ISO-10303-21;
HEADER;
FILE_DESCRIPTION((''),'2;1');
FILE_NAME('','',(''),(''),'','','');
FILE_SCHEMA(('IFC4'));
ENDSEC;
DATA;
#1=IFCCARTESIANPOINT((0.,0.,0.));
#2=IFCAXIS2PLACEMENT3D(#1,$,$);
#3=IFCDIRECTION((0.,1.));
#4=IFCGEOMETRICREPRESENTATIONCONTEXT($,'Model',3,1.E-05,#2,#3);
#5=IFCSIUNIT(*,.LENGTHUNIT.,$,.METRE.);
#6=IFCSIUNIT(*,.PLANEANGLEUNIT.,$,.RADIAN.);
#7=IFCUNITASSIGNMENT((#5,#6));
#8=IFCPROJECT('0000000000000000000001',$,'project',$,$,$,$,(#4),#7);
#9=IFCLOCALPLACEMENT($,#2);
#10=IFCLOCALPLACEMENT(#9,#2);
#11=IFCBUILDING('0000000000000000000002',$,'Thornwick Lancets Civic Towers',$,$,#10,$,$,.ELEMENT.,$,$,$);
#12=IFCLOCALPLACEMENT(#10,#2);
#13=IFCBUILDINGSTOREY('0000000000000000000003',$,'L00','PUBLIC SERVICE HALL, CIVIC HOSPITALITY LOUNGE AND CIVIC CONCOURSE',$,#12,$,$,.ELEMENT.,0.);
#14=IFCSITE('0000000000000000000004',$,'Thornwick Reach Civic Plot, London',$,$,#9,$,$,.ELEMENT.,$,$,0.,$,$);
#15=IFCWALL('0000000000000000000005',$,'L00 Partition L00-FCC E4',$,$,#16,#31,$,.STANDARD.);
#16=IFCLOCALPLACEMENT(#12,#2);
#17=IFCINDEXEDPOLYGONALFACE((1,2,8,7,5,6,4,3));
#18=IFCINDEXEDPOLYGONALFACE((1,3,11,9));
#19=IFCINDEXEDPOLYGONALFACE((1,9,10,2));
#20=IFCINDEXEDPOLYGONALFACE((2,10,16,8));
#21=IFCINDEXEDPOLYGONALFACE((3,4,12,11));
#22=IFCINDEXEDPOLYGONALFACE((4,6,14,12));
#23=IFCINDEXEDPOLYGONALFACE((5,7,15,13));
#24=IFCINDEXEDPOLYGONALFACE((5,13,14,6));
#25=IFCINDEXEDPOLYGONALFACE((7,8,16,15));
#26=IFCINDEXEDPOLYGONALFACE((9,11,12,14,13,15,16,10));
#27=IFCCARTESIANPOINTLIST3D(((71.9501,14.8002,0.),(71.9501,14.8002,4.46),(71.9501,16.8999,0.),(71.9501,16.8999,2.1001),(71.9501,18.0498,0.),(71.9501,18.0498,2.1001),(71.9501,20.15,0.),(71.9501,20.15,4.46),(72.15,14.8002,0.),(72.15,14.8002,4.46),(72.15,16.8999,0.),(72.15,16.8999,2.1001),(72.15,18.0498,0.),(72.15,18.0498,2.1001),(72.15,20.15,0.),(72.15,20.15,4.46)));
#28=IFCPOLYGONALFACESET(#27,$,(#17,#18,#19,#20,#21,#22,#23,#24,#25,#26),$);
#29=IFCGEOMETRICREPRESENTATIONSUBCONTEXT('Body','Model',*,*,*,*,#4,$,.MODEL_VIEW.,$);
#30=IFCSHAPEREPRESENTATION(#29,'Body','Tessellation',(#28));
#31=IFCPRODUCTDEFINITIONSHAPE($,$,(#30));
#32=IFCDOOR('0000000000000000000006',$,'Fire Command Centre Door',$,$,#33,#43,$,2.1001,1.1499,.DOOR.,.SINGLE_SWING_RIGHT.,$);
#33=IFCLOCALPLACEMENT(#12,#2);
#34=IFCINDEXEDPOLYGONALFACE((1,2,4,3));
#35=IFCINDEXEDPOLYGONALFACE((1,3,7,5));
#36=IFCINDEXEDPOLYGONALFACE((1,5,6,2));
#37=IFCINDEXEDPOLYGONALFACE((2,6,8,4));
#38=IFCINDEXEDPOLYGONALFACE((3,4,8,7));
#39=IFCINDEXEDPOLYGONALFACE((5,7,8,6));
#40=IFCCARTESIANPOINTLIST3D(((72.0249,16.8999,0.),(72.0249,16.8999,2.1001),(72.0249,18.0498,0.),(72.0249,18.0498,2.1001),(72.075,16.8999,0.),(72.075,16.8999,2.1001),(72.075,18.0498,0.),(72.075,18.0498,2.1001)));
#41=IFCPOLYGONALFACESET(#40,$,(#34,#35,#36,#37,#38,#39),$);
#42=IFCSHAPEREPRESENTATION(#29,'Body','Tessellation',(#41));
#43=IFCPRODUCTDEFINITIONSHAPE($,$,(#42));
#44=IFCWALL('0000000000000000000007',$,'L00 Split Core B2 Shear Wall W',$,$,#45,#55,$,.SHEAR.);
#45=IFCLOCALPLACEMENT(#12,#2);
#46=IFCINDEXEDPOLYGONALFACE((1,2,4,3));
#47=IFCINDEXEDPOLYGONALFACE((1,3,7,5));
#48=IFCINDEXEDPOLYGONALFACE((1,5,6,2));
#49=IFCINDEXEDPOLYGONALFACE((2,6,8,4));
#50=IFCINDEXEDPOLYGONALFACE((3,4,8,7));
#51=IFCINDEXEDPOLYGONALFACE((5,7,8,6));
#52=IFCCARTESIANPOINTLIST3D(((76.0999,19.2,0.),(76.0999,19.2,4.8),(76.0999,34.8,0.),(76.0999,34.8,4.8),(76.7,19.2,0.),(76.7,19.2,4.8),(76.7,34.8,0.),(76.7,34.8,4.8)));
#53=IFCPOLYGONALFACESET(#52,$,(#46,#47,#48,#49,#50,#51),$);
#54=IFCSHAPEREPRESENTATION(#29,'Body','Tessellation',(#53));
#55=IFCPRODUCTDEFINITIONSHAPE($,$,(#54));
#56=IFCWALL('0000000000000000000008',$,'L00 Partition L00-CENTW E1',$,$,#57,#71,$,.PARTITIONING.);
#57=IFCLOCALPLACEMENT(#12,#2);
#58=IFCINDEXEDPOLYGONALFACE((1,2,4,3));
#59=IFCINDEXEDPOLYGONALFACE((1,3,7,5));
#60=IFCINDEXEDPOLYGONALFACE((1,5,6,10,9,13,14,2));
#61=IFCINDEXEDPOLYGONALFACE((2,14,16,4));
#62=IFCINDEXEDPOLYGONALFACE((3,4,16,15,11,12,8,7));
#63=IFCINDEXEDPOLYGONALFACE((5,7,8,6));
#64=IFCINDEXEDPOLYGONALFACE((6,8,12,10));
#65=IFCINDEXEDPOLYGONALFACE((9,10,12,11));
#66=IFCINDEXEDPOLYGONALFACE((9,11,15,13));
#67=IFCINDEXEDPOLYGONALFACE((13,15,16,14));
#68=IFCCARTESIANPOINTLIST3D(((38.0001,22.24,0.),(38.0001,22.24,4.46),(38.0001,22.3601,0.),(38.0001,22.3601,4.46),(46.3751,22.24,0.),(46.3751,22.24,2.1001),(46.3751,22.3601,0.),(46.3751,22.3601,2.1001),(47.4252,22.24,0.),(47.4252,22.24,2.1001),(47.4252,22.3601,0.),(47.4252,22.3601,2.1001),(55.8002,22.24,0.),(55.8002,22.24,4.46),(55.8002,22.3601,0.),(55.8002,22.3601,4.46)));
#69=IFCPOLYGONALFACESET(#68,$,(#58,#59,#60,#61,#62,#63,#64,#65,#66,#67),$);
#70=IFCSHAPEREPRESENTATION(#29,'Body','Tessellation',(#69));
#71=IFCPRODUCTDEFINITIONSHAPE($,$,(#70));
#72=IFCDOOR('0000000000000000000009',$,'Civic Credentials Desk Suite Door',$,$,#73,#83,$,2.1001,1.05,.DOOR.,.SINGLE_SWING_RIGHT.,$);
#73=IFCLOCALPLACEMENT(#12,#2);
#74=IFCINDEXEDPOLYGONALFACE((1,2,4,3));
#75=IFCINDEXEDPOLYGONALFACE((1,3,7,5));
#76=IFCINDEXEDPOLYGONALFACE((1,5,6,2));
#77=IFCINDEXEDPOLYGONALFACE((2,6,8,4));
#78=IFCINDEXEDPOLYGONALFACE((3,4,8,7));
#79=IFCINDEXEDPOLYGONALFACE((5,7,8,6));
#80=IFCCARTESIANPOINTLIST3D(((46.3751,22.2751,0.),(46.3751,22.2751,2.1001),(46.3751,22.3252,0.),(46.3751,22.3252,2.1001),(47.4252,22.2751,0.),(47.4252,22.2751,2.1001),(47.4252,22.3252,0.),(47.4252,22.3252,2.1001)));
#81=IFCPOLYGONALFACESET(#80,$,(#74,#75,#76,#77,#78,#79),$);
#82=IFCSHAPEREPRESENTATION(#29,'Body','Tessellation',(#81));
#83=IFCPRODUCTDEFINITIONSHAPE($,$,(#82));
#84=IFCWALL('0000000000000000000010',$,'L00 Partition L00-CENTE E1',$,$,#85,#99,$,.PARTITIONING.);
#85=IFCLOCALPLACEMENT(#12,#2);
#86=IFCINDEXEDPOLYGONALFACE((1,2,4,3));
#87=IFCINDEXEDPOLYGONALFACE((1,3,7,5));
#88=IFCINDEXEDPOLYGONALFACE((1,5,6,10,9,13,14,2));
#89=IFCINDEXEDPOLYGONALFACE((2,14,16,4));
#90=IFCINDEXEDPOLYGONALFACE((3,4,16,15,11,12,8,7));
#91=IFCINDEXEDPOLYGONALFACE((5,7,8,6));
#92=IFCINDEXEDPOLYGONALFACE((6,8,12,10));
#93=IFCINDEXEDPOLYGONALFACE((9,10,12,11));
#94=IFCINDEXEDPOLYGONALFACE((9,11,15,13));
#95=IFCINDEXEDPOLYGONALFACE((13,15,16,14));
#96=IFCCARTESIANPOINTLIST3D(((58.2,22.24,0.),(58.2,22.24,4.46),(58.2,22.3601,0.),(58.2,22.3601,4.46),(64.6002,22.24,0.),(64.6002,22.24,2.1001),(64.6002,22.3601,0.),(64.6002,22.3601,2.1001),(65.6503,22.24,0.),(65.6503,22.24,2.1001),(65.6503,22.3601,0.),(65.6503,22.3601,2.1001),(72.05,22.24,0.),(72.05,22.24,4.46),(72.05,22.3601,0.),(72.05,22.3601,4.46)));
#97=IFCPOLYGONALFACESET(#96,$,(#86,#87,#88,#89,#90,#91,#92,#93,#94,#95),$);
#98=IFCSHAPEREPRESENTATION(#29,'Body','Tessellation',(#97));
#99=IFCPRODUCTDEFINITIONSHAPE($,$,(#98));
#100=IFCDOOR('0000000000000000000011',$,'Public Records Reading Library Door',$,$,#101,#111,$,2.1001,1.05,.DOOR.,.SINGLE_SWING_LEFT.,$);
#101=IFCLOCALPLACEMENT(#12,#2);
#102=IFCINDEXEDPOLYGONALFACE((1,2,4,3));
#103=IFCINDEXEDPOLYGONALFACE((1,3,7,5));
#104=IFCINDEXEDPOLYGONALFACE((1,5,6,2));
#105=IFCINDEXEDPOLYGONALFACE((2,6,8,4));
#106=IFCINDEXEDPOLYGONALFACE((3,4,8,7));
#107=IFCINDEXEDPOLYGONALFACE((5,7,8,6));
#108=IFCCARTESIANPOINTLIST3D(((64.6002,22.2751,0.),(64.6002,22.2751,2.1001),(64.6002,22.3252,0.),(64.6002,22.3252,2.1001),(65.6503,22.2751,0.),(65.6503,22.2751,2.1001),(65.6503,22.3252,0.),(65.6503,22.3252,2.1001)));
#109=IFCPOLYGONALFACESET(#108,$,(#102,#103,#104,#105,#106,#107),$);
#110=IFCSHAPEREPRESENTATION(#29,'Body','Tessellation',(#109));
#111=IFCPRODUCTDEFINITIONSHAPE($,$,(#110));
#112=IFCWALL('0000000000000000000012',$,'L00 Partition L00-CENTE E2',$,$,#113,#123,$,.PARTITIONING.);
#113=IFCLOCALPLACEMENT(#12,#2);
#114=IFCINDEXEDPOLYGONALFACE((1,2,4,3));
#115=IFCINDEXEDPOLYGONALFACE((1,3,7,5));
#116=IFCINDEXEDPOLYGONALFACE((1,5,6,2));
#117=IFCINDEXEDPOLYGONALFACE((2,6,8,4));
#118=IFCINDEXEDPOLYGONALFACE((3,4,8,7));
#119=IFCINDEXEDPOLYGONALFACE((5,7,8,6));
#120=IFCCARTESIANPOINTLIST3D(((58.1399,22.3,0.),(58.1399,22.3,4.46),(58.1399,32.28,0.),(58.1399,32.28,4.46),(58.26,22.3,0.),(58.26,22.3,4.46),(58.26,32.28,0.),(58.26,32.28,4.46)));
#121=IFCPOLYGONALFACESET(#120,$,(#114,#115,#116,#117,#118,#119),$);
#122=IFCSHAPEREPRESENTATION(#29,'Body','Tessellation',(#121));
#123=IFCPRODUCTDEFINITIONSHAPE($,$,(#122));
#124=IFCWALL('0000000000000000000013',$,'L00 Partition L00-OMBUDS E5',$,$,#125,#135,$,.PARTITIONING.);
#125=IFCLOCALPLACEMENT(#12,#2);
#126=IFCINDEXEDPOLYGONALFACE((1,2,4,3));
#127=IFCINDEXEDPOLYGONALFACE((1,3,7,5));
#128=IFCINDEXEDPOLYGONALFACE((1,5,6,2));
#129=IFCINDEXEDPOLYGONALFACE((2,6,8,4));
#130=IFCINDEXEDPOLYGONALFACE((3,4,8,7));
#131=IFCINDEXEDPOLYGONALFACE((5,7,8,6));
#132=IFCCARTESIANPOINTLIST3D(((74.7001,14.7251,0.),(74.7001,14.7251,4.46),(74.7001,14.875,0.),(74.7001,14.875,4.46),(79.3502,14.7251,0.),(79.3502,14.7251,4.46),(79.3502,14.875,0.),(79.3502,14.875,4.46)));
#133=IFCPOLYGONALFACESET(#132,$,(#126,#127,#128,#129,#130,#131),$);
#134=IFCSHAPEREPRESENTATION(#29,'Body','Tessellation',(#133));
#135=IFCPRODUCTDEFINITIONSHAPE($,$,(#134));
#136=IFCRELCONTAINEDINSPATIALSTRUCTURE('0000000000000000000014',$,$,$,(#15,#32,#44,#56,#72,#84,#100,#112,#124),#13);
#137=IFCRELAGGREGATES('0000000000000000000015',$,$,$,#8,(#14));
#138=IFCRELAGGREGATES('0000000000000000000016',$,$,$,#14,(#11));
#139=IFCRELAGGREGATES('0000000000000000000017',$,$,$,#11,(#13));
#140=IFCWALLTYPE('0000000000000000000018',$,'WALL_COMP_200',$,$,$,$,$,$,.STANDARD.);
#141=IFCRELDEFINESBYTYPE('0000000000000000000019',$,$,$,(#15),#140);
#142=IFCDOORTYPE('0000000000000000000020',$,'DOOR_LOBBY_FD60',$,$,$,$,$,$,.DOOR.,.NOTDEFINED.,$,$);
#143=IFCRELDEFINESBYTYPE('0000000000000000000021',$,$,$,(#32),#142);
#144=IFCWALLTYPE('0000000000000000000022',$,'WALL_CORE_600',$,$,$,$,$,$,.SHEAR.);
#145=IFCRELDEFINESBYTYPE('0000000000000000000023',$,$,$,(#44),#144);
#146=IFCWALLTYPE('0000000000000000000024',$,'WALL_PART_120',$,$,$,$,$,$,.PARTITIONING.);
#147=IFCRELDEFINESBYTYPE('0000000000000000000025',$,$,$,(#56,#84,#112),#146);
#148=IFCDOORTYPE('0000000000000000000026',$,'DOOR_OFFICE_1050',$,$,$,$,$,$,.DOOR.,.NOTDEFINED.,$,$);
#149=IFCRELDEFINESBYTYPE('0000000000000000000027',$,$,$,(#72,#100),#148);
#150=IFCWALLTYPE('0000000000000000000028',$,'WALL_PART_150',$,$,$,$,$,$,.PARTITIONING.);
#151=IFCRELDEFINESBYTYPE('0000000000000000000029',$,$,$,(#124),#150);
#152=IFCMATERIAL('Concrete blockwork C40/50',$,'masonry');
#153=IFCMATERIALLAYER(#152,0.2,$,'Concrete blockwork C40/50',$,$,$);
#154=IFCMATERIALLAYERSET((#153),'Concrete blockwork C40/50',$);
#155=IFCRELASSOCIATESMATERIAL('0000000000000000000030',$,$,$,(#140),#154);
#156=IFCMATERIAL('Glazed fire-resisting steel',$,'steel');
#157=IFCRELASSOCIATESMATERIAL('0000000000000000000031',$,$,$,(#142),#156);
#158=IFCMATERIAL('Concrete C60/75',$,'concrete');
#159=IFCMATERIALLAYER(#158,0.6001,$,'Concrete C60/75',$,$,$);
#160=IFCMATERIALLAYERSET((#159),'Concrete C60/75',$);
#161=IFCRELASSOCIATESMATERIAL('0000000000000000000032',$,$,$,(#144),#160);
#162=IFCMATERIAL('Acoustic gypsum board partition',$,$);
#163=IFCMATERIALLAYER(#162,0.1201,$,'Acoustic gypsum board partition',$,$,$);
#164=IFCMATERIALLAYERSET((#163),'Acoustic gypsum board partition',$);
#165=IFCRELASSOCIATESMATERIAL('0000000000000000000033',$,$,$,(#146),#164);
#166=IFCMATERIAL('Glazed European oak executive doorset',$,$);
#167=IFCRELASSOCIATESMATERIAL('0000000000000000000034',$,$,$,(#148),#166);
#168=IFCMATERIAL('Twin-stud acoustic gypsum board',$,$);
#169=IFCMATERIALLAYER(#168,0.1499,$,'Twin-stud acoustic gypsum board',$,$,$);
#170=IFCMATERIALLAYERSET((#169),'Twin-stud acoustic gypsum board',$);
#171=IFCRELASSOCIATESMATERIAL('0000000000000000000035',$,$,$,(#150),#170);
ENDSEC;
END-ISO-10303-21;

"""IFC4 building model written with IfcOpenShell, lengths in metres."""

from ifc_helpers import new_model, si_unit, direction, frame, frame_2d, origin, place, context, subcontext, project, spatial, rectangle, extrude, material, layer, layer_set, type_object, element, fill, save


model = new_model("IFC4")

# Units and contexts
model_context = context("Model", 3, precision=1e-05, world=origin(), true_north=direction((0.0, 1.0)))
body_context = subcontext(model_context, "Body", "Model", "MODEL_VIEW")
ifc_project = project(units=[si_unit("LENGTHUNIT", "METRE"), si_unit("PLANEANGLEUNIT", "RADIAN")], contexts=[model_context])

# Site, building, storey
site_placement = place(None, origin())
site = spatial("IfcSite", under=ifc_project, at=site_placement, Name="Thornwick Reach Civic Plot, London", CompositionType="ELEMENT", RefElevation=0.0)
building_placement = place(site_placement, origin())
building = spatial("IfcBuilding", under=site, at=building_placement, Name="Thornwick Lancets Civic Towers", CompositionType="ELEMENT")
storey_placement = place(building_placement, origin())
storey = spatial("IfcBuildingStorey", under=building, at=storey_placement, Name="L00", Description="PUBLIC SERVICE HALL, CIVIC HOSPITALITY LOUNGE AND CIVIC CONCOURSE", CompositionType="ELEMENT", Elevation=0.0)

# Shared definitions
ifc_material_1 = material(Name="Concrete C60/75", Category="concrete")

# Shared definitions
ifc_material_2 = material(Name="Concrete blockwork C40/50", Category="masonry")
ifc_layer_1 = layer(ifc_material_2, 0.2, Name="Concrete blockwork C40/50")
ifc_layer_set_1 = layer_set([ifc_layer_1], Name="Concrete blockwork C40/50")
wall_type_1 = type_object("IfcWallType", Name="WALL_COMP_200", PredefinedType="STANDARD", material=ifc_layer_set_1)

# Wall, opening, door
wall_1_placement = place(storey_placement, frame((72.05, 20.1499, 0.0), z_axis=(0.0, 0.0, 1.0), x_axis=(0.0, -1.0, 0.0)))
wall_1 = element("IfcWall", 1, at=wall_1_placement, inside=storey, type_object=wall_type_1, Name="L00 Partition L00-FCC E4", PredefinedType="STANDARD", context=body_context, shape_type="SweptSolid", body=[
    extrude(rectangle(XDim=5.3499, YDim=0.2, at=frame_2d((2.6748, 0.0))), origin(), (0.0, 0.0, 1.0), 4.46),
])
opening_1_placement = place(wall_1_placement, frame((2.1001, 0.0, 0.0)))
opening_1 = element("IfcOpeningElement", 2, at=opening_1_placement, cuts=wall_1, PredefinedType="OPENING", context=body_context, shape_type="SweptSolid", body=[
    extrude(rectangle(XDim=1.1499, YDim=2.1001, at=frame_2d((0.575, 1.05))), frame((0.0, 0.1099, 0.0), z_axis=(0.0, -1.0, 0.0), x_axis=(1.0, 0.0, 0.0)), (0.0, 0.0, 1.0), 0.22),
])
ifc_material_3 = material(Name="Glazed fire-resisting steel", Category="steel")
door_type_1 = type_object("IfcDoorType", Name="DOOR_LOBBY_FD60", OperationType="NOTDEFINED", PredefinedType="DOOR", material=ifc_material_3)
door_1_placement = place(opening_1_placement, origin())
door_1 = element("IfcDoor", 3, at=door_1_placement, inside=storey, type_object=door_type_1, Name="Fire Command Centre Door", OperationType="SINGLE_SWING_RIGHT", OverallHeight=2.1001, OverallWidth=1.1499, PredefinedType="DOOR", context=body_context, shape_type="SweptSolid", body=[
    extrude(rectangle(XDim=1.1499, YDim=2.1001, at=frame_2d((0.575, 1.05))), frame((0.0, 0.0249, 0.0), z_axis=(0.0, -1.0, 0.0), x_axis=(1.0, 0.0, 0.0)), (0.0, 0.0, 1.0), 0.05),
])
fill(opening_1, door_1)

# Wall
ifc_layer_2 = layer(ifc_material_1, 0.6001, Name="Concrete C60/75")
ifc_layer_set_2 = layer_set([ifc_layer_2], Name="Concrete C60/75")
wall_type_2 = type_object("IfcWallType", Name="WALL_CORE_600", PredefinedType="SHEAR", material=ifc_layer_set_2)
wall_2_placement = place(storey_placement, frame((76.3999, 19.2, 0.0), z_axis=(0.0, 0.0, 1.0), x_axis=(0.0, 1.0, 0.0)))
element("IfcWall", 4, at=wall_2_placement, inside=storey, type_object=wall_type_2, Name="L00 Split Core B2 Shear Wall W", PredefinedType="SHEAR", context=body_context, shape_type="SweptSolid", body=[
    extrude(rectangle(XDim=15.6001, YDim=0.6001, at=frame_2d((7.8, 0.0))), origin(), (0.0, 0.0, 1.0), 4.8),
])

# Walls, openings, doors
ifc_material_4 = material(Name="Acoustic gypsum board partition")
ifc_layer_3 = layer(ifc_material_4, 0.1201, Name="Acoustic gypsum board partition")
ifc_layer_set_3 = layer_set([ifc_layer_3], Name="Acoustic gypsum board partition")
wall_type_3 = type_object("IfcWallType", Name="WALL_PART_120", PredefinedType="PARTITIONING", material=ifc_layer_set_3)
wall_3_placement = place(storey_placement, frame((55.8, 22.3, 0.0), z_axis=(0.0, 0.0, 1.0), x_axis=(-1.0, 0.0, 0.0)))
wall_3 = element("IfcWall", 5, at=wall_3_placement, inside=storey, type_object=wall_type_3, Name="L00 Partition L00-CENTW E1", PredefinedType="PARTITIONING", context=body_context, shape_type="SweptSolid", body=[
    extrude(rectangle(XDim=17.8, YDim=0.1201, at=frame_2d((8.8999, 0.0))), origin(), (0.0, 0.0, 1.0), 4.46),
])
opening_2_placement = place(wall_3_placement, frame((8.375, 0.0, 0.0)))
opening_2 = element("IfcOpeningElement", 6, at=opening_2_placement, cuts=wall_3, PredefinedType="OPENING", context=body_context, shape_type="SweptSolid", body=[
    extrude(rectangle(XDim=1.05, YDim=2.1001, at=frame_2d((0.5249, 1.05))), frame((0.0, 0.0701, 0.0), z_axis=(0.0, -1.0, 0.0), x_axis=(1.0, 0.0, 0.0)), (0.0, 0.0, 1.0), 0.1401),
])
ifc_material_5 = material(Name="Glazed European oak executive doorset")
door_type_2 = type_object("IfcDoorType", Name="DOOR_OFFICE_1050", OperationType="NOTDEFINED", PredefinedType="DOOR", material=ifc_material_5)
door_2_placement = place(opening_2_placement, origin())
door_2 = element("IfcDoor", 7, at=door_2_placement, inside=storey, type_object=door_type_2, Name="Civic Credentials Desk Suite Door", OperationType="SINGLE_SWING_RIGHT", OverallHeight=2.1001, OverallWidth=1.05, PredefinedType="DOOR", context=body_context, shape_type="SweptSolid", body=[
    extrude(rectangle(XDim=1.05, YDim=2.1001, at=frame_2d((0.5249, 1.05))), frame((0.0, 0.0249, 0.0), z_axis=(0.0, -1.0, 0.0), x_axis=(1.0, 0.0, 0.0)), (0.0, 0.0, 1.0), 0.05),
])
fill(opening_2, door_2)
wall_4_placement = place(storey_placement, frame((72.05, 22.3, 0.0), z_axis=(0.0, 0.0, 1.0), x_axis=(-1.0, 0.0, 0.0)))
wall_4 = element("IfcWall", 8, at=wall_4_placement, inside=storey, type_object=wall_type_3, Name="L00 Partition L00-CENTE E1", PredefinedType="PARTITIONING", context=body_context, shape_type="SweptSolid", body=[
    extrude(rectangle(XDim=13.8501, YDim=0.1201, at=frame_2d((6.925, 0.0))), origin(), (0.0, 0.0, 1.0), 4.46),
])
opening_3_placement = place(wall_4_placement, frame((6.3999, 0.0, 0.0)))
opening_3 = element("IfcOpeningElement", 9, at=opening_3_placement, cuts=wall_4, PredefinedType="OPENING", context=body_context, shape_type="SweptSolid", body=[
    extrude(rectangle(XDim=1.05, YDim=2.1001, at=frame_2d((0.5249, 1.05))), frame((0.0, 0.0701, 0.0), z_axis=(0.0, -1.0, 0.0), x_axis=(1.0, 0.0, 0.0)), (0.0, 0.0, 1.0), 0.1401),
])
door_3_placement = place(opening_3_placement, origin())
door_3 = element("IfcDoor", 10, at=door_3_placement, inside=storey, type_object=door_type_2, Name="Public Records Reading Library Door", OperationType="SINGLE_SWING_LEFT", OverallHeight=2.1001, OverallWidth=1.05, PredefinedType="DOOR", context=body_context, shape_type="SweptSolid", body=[
    extrude(rectangle(XDim=1.05, YDim=2.1001, at=frame_2d((0.5249, 1.05))), frame((0.0, 0.0249, 0.0), z_axis=(0.0, -1.0, 0.0), x_axis=(1.0, 0.0, 0.0)), (0.0, 0.0, 1.0), 0.05),
])
fill(opening_3, door_3)

# Walls
wall_5_placement = place(storey_placement, frame((58.2, 22.3, 0.0), z_axis=(0.0, 0.0, 1.0), x_axis=(0.0, 1.0, 0.0)))
element("IfcWall", 11, at=wall_5_placement, inside=storey, type_object=wall_type_3, Name="L00 Partition L00-CENTE E2", PredefinedType="PARTITIONING", context=body_context, shape_type="SweptSolid", body=[
    extrude(rectangle(XDim=9.98, YDim=0.1201, at=frame_2d((4.99, 0.0))), origin(), (0.0, 0.0, 1.0), 4.46),
])
ifc_material_6 = material(Name="Twin-stud acoustic gypsum board")
ifc_layer_4 = layer(ifc_material_6, 0.1499, Name="Twin-stud acoustic gypsum board")
ifc_layer_set_4 = layer_set([ifc_layer_4], Name="Twin-stud acoustic gypsum board")
wall_type_4 = type_object("IfcWallType", Name="WALL_PART_150", PredefinedType="PARTITIONING", material=ifc_layer_set_4)
wall_6_placement = place(storey_placement, frame((74.7, 14.8, 0.0), z_axis=(0.0, 0.0, 1.0), x_axis=(1.0, 0.0, 0.0)))
element("IfcWall", 12, at=wall_6_placement, inside=storey, type_object=wall_type_4, Name="L00 Partition L00-OMBUDS E5", PredefinedType="PARTITIONING", context=body_context, shape_type="SweptSolid", body=[
    extrude(rectangle(XDim=4.6501, YDim=0.1499, at=frame_2d((2.3252, 0.0))), origin(), (0.0, 0.0, 1.0), 4.46),
])

save(model, "model.ifc")
